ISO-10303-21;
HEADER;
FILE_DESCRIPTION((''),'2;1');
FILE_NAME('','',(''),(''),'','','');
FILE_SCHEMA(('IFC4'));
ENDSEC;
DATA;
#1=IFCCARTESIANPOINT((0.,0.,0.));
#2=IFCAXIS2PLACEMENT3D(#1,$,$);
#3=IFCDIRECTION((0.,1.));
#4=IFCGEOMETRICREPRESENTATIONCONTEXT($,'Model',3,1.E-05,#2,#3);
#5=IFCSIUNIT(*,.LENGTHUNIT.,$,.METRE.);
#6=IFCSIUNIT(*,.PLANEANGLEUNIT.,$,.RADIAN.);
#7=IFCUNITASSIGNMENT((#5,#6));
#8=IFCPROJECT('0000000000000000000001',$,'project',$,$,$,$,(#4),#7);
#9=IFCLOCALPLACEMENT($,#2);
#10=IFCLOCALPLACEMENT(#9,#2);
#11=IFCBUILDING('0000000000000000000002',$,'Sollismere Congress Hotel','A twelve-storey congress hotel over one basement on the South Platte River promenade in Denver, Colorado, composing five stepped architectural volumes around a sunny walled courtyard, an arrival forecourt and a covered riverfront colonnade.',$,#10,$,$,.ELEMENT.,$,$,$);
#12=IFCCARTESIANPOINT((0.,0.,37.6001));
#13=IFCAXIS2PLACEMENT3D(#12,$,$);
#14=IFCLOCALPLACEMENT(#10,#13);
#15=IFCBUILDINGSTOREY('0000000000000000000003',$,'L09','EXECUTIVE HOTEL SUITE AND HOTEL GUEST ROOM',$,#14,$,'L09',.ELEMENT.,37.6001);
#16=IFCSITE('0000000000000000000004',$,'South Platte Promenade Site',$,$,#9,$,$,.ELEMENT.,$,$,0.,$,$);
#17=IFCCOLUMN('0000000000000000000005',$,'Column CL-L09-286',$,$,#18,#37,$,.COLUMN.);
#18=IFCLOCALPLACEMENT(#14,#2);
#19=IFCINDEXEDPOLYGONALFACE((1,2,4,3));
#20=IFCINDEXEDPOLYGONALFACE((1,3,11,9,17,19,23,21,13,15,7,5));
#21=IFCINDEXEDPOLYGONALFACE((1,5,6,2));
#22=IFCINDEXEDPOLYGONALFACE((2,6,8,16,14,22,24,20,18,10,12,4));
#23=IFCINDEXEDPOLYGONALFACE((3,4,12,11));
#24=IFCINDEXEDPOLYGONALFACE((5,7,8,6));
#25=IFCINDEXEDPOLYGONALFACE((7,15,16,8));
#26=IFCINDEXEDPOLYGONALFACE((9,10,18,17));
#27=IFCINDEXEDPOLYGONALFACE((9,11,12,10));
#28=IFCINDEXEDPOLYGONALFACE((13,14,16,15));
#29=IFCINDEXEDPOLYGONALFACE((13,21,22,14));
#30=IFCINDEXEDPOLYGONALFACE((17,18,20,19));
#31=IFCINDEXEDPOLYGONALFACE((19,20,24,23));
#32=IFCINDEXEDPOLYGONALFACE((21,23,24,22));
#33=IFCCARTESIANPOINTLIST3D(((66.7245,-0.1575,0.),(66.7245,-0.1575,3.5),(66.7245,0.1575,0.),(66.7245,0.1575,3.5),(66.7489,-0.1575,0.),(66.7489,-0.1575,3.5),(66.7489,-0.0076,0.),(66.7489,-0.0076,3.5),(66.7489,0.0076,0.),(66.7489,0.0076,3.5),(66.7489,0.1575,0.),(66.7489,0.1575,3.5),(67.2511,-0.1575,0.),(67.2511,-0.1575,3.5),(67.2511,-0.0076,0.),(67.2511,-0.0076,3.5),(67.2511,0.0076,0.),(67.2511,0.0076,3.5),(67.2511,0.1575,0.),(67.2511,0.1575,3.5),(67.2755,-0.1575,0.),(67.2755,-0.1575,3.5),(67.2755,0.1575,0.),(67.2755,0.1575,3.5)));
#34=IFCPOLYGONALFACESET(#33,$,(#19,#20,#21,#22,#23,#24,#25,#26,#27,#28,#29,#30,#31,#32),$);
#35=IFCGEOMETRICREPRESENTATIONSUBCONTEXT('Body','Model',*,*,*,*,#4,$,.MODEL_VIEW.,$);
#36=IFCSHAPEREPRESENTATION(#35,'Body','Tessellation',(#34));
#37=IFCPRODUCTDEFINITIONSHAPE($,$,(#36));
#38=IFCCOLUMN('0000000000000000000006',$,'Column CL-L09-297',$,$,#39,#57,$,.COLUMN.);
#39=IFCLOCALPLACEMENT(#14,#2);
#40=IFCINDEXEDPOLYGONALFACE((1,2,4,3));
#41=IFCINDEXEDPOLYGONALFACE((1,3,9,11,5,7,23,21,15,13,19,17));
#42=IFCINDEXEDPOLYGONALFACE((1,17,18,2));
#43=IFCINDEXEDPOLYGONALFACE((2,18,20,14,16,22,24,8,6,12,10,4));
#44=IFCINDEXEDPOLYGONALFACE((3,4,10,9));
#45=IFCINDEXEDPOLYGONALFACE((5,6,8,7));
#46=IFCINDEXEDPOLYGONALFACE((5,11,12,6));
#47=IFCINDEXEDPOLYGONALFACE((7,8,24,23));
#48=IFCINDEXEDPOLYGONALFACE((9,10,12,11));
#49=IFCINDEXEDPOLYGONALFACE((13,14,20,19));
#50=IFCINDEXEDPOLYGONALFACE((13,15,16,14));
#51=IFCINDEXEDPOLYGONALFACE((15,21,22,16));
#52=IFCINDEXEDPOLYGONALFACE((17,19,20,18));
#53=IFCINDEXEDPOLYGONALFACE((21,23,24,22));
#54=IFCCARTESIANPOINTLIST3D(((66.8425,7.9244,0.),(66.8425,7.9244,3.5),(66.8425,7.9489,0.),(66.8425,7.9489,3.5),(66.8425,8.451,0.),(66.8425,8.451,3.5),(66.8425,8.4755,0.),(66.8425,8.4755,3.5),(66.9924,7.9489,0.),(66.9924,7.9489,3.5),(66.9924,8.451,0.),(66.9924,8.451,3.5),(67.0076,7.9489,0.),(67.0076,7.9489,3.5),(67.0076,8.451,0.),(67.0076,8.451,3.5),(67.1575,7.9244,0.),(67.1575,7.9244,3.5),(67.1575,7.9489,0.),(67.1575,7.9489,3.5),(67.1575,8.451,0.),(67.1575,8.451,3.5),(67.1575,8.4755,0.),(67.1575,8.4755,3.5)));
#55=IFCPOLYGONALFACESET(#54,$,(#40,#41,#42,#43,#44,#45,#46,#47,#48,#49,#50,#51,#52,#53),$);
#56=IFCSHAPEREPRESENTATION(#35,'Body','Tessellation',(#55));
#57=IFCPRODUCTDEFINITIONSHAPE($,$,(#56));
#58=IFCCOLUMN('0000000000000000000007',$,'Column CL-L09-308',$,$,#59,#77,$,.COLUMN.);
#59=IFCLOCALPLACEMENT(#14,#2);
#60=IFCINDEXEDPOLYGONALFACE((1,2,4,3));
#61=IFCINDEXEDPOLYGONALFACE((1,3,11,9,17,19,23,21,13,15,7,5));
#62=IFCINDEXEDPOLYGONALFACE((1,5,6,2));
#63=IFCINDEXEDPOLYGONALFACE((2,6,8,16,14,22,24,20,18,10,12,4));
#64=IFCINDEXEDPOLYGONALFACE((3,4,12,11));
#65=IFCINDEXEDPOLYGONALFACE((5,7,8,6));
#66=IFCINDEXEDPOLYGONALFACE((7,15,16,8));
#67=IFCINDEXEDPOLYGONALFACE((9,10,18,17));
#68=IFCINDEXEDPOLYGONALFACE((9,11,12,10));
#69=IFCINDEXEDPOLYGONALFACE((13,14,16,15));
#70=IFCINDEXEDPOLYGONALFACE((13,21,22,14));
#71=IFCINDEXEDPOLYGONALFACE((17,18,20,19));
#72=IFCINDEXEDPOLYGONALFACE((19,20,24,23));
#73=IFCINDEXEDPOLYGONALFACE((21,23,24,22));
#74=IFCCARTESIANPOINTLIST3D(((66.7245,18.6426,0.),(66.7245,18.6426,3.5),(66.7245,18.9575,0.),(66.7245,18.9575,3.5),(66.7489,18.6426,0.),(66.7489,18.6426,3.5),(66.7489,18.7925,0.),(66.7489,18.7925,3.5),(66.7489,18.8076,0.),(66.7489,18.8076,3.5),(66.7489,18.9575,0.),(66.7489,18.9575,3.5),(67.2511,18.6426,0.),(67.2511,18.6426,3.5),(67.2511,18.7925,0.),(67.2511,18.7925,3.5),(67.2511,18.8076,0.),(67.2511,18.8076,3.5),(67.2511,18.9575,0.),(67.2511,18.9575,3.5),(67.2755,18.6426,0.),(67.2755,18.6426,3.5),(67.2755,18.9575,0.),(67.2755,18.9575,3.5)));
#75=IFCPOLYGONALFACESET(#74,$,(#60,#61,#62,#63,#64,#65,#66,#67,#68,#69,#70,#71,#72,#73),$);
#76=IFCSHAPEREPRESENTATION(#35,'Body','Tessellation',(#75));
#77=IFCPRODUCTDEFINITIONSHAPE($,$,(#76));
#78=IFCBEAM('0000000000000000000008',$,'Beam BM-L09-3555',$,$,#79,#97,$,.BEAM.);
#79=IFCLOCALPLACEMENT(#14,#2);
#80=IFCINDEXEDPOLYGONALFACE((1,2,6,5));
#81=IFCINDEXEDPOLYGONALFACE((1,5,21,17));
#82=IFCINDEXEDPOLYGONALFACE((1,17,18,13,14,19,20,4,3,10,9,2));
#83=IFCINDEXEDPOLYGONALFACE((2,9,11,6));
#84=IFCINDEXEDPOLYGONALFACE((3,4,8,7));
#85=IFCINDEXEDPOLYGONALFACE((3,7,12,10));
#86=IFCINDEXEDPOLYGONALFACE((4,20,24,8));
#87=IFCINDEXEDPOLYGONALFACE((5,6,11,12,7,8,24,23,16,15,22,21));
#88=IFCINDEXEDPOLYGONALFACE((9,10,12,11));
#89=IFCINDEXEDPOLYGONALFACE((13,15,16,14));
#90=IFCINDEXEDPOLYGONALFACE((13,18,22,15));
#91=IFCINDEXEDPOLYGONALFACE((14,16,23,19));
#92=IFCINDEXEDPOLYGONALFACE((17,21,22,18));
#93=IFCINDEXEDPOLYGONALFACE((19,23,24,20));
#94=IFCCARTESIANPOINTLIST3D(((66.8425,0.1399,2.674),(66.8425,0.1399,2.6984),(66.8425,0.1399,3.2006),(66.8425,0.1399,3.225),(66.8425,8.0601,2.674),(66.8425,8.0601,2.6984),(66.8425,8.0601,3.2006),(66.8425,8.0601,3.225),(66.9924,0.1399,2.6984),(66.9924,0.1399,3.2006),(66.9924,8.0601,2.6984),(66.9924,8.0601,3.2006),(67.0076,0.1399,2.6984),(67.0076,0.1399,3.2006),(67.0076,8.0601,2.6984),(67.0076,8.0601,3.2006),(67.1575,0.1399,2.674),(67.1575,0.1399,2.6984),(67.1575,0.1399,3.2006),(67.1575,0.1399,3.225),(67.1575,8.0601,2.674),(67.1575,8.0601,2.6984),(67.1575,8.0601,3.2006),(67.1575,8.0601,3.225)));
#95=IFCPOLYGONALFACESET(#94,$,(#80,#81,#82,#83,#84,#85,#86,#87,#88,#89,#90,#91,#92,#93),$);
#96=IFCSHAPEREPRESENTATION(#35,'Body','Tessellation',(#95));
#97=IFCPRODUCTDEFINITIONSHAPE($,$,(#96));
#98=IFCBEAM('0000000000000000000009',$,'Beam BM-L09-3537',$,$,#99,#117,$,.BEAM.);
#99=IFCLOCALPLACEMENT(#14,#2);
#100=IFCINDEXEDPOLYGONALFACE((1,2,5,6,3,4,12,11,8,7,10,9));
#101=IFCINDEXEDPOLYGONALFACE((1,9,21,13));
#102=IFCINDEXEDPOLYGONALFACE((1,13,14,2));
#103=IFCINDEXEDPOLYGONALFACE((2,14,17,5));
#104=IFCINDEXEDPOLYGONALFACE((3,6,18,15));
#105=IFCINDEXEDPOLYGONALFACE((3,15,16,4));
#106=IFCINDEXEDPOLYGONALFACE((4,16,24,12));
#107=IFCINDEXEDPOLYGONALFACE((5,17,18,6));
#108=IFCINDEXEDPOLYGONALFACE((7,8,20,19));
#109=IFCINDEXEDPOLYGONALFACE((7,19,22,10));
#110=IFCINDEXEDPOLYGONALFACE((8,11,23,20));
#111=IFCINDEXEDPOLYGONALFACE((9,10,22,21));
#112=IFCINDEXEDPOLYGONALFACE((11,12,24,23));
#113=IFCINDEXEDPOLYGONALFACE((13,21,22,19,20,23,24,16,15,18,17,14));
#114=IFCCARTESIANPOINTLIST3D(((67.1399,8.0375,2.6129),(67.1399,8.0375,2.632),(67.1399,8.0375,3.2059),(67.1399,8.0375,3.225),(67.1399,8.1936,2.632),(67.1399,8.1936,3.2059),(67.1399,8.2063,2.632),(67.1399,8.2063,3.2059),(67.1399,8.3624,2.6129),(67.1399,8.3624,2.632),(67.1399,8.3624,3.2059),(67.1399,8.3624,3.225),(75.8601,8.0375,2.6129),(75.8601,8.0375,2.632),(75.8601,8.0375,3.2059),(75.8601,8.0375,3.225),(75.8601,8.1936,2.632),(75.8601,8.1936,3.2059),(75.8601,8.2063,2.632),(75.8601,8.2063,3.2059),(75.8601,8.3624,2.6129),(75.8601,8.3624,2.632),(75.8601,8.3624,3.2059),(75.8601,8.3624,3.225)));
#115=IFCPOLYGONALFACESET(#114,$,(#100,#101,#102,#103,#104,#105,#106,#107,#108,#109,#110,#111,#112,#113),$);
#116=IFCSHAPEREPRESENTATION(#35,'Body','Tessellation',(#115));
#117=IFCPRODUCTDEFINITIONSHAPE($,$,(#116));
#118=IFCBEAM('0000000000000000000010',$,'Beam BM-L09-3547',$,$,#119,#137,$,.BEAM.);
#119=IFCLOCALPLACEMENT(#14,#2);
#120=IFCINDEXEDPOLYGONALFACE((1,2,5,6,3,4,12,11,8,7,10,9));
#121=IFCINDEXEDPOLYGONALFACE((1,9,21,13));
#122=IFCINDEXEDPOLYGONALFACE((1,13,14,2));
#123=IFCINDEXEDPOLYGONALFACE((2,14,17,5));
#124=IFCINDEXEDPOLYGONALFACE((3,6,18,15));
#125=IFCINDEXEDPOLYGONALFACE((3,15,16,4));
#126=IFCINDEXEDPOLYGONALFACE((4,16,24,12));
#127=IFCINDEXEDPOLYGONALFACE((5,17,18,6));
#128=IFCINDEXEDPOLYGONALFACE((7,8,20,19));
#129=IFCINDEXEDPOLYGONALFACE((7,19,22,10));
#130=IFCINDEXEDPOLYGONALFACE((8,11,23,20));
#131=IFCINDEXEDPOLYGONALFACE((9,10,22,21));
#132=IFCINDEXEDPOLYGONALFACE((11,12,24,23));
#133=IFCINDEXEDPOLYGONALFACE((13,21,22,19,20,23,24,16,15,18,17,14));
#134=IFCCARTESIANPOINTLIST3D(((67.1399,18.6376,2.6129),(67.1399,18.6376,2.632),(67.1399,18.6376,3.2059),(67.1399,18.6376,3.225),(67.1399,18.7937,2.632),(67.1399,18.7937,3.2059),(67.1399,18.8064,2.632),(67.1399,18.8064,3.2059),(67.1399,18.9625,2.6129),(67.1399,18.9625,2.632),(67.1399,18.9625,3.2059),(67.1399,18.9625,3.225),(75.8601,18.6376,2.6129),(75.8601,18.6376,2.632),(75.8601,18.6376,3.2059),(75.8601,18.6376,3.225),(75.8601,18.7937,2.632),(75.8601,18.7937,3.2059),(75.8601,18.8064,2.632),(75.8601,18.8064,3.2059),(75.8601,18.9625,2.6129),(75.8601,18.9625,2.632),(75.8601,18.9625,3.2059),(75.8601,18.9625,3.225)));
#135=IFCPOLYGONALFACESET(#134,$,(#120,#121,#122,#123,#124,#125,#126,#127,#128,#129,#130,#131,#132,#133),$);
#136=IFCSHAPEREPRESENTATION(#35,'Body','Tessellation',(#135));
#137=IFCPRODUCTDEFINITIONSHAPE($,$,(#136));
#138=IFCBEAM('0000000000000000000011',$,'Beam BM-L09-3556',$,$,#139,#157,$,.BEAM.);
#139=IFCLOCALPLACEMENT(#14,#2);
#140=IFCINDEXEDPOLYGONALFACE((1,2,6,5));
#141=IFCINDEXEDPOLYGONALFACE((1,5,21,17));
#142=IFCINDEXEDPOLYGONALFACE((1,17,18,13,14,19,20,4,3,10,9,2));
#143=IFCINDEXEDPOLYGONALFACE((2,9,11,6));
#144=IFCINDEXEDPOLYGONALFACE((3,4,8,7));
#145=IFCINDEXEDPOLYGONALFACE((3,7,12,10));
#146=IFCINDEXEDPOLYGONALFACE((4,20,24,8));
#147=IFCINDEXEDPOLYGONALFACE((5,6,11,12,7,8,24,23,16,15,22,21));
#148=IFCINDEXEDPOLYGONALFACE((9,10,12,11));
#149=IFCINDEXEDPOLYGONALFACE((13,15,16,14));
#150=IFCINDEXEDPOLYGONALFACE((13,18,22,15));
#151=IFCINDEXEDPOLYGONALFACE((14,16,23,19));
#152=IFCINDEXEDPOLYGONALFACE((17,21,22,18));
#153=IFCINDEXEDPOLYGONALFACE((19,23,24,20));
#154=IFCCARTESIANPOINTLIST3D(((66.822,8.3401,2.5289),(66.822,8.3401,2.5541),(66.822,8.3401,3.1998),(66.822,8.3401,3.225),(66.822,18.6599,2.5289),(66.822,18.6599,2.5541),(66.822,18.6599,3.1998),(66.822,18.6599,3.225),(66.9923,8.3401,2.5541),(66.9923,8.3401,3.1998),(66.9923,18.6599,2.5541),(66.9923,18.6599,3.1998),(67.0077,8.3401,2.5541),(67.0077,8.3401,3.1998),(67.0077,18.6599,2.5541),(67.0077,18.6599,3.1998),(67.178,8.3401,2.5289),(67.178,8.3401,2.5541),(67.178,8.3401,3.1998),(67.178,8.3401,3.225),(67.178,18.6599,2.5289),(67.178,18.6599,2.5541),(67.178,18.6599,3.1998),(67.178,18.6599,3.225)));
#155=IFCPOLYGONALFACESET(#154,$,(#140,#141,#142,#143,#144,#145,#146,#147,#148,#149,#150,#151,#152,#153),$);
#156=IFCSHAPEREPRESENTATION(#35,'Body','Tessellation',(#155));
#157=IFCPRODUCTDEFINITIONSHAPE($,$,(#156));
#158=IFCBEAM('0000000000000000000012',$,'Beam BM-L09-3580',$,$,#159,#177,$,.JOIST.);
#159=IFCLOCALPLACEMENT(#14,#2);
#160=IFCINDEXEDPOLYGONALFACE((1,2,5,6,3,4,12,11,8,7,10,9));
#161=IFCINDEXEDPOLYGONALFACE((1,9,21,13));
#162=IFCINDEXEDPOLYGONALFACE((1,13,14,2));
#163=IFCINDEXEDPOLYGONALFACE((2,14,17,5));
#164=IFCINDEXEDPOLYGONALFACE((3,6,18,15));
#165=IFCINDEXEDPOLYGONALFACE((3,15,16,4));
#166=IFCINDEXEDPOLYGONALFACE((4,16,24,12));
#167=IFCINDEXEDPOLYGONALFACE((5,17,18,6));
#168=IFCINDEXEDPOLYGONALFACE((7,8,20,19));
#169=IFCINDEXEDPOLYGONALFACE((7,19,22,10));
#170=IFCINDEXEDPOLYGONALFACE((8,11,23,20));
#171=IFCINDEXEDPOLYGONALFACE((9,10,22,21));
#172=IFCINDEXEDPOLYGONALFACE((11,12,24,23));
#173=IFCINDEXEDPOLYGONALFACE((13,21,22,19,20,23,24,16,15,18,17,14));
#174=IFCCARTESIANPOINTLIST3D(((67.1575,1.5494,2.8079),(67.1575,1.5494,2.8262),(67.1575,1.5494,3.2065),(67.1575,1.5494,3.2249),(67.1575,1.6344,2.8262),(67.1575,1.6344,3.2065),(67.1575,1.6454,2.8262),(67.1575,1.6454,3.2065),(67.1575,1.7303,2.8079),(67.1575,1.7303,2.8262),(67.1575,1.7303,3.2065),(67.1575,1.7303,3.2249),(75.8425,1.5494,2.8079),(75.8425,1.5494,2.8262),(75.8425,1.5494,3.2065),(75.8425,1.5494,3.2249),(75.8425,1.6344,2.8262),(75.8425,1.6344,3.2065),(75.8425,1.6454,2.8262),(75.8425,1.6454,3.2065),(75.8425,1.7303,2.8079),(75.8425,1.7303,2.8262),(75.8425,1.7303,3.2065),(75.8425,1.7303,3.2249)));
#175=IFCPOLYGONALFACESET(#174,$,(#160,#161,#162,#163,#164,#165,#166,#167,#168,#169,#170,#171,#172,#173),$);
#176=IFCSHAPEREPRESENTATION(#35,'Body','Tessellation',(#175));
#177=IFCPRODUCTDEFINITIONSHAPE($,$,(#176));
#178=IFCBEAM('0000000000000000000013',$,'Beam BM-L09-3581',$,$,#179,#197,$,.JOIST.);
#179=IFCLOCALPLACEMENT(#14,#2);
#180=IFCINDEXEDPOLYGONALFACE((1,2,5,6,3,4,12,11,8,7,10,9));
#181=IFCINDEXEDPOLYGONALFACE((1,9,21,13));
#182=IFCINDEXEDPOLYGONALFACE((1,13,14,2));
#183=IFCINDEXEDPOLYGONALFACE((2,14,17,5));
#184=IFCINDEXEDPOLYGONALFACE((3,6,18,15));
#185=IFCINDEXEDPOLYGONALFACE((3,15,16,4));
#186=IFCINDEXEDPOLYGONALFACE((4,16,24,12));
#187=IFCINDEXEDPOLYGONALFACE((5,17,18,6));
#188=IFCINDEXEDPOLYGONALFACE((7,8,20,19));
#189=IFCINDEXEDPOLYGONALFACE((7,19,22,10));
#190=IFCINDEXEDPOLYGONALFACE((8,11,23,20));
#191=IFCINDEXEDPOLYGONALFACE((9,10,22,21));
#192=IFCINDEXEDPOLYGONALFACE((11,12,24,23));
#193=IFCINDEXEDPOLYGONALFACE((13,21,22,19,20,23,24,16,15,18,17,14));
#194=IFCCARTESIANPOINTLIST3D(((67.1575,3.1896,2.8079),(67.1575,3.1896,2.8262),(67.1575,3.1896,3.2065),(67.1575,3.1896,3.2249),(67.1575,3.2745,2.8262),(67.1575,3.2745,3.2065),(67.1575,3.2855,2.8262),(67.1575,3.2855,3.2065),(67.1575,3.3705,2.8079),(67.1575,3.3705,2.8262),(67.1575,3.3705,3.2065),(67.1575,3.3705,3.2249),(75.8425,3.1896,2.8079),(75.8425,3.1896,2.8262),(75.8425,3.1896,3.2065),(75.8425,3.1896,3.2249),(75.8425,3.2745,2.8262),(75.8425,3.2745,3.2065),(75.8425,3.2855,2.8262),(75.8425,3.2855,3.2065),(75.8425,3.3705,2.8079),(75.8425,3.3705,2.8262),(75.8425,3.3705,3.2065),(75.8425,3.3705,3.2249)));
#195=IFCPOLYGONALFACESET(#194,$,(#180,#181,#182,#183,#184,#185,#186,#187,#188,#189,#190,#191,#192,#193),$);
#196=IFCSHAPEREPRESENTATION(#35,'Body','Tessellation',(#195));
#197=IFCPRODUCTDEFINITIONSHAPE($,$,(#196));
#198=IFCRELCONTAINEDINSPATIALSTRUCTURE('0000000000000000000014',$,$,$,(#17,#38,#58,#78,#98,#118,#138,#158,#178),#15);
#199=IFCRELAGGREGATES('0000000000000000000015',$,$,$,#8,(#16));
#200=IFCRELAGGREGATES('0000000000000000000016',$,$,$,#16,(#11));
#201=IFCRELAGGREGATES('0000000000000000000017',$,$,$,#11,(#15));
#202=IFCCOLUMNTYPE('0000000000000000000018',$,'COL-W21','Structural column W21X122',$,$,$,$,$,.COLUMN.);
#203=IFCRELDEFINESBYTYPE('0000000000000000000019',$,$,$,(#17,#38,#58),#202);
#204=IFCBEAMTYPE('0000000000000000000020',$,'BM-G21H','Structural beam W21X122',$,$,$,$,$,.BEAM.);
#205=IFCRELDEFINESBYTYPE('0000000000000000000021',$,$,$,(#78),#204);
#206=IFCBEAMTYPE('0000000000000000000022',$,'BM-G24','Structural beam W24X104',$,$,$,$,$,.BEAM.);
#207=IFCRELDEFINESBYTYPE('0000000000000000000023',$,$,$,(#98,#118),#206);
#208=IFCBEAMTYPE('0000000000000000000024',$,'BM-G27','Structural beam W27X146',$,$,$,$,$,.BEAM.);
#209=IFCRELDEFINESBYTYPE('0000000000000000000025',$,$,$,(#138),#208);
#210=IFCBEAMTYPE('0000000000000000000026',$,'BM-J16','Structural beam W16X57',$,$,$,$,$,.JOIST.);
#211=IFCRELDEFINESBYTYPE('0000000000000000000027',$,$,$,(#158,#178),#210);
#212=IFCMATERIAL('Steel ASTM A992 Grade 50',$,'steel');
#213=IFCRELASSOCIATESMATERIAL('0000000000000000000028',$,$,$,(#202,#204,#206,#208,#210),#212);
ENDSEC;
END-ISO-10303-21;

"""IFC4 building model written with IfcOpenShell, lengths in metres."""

from ifc_helpers import new_model, si_unit, direction, frame, origin, origin_2d, place, context, subcontext, project, spatial, i_section, extrude, material, material_profile, profile_set, type_object, element, save


model = new_model("IFC4")

# Units and contexts
model_context = context("Model", 3, precision=1e-05, world=origin(), true_north=direction((0.0, 1.0)))
body_context = subcontext(model_context, "Body", "Model", "MODEL_VIEW")
ifc_project = project(units=[si_unit("LENGTHUNIT", "METRE"), si_unit("PLANEANGLEUNIT", "RADIAN")], contexts=[model_context])

# Site, building, storey
site_placement = place(None, origin())
site = spatial("IfcSite", under=ifc_project, at=site_placement, Name="South Platte Promenade Site", CompositionType="ELEMENT", RefElevation=0.0)
building_placement = place(site_placement, origin())
building = spatial("IfcBuilding", under=site, at=building_placement, Name="Sollismere Congress Hotel", Description="A twelve-storey congress hotel over one basement on the South Platte River promenade in Denver, Colorado, composing five stepped architectural volumes around a sunny walled courtyard, an arrival forecourt and a covered riverfront colonnade.", CompositionType="ELEMENT")
storey_placement = place(building_placement, frame((0.0, 0.0, 37.6001)))
storey = spatial("IfcBuildingStorey", under=building, at=storey_placement, Name="L09", Description="EXECUTIVE HOTEL SUITE AND HOTEL GUEST ROOM", LongName="L09", CompositionType="ELEMENT", Elevation=37.6001)

# Columns
ifc_material_1 = material(Name="Steel ASTM A992 Grade 50", Category="steel")
ifc_material_profile_1 = material_profile(ifc_material_1, i_section(OverallWidth=0.3149, OverallDepth=0.551, WebThickness=0.0151, FlangeThickness=0.0244, at=origin_2d()), Name="W21X122")
ifc_profile_set_1 = profile_set([ifc_material_profile_1], Name="Steel ASTM A992 Grade 50")
column_type = type_object("IfcColumnType", Name="COL-W21", Description="Structural column W21X122", PredefinedType="COLUMN", material=ifc_profile_set_1)
for number, where, z_axis, x_axis, name in (
    (1, (67.0, 0.0, 0.0), (0.0, 0.0, 1.0), (0.0, 1.0, 0.0), "Column CL-L09-286"),
    (2, (67.0, 8.2, 0.0), (0.0, 0.0, 1.0), (1.0, 0.0, 0.0), "Column CL-L09-297"),
    (3, (67.0, 18.8, 0.0), (0.0, 0.0, 1.0), (0.0, 1.0, 0.0), "Column CL-L09-308"),
):
    element("IfcColumn", number, at=place(storey_placement, frame(where, z_axis=z_axis, x_axis=x_axis)), inside=storey, type_object=column_type, Name=name, PredefinedType="COLUMN", context=body_context, shape_type="SweptSolid", body=[
        extrude(i_section(OverallWidth=0.3149, OverallDepth=0.551, WebThickness=0.0151, FlangeThickness=0.0244, at=origin_2d()), origin(), (0.0, 0.0, 1.0), 3.5),
    ])

# Beams
ifc_material_profile_2 = material_profile(ifc_material_1, i_section(OverallWidth=0.3149, OverallDepth=0.551, WebThickness=0.0151, FlangeThickness=0.0244, at=origin_2d()), Name="W21X122")
ifc_profile_set_2 = profile_set([ifc_material_profile_2], Name="Steel ASTM A992 Grade 50")
beam_type_1 = type_object("IfcBeamType", Name="BM-G21H", Description="Structural beam W21X122", PredefinedType="BEAM", material=ifc_profile_set_2)
beam_1_placement = place(storey_placement, frame((67.0, 0.1399, 2.9495), z_axis=(0.0, 1.0, 0.0), x_axis=(-1.0, 0.0, 0.0)))
element("IfcBeam", 4, at=beam_1_placement, inside=storey, type_object=beam_type_1, Name="Beam BM-L09-3555", PredefinedType="BEAM", context=body_context, shape_type="SweptSolid", body=[
    extrude(i_section(OverallWidth=0.3149, OverallDepth=0.551, WebThickness=0.0151, FlangeThickness=0.0244, at=origin_2d()), origin(), (0.0, 0.0, 1.0), 7.9202),
])
ifc_material_profile_3 = material_profile(ifc_material_1, i_section(OverallWidth=0.325, OverallDepth=0.6121, WebThickness=0.0127, FlangeThickness=0.019, at=origin_2d()), Name="W24X104")
ifc_profile_set_3 = profile_set([ifc_material_profile_3], Name="Steel ASTM A992 Grade 50")
beam_type_2 = type_object("IfcBeamType", Name="BM-G24", Description="Structural beam W24X104", PredefinedType="BEAM", material=ifc_profile_set_3)
for number, where, z_axis, x_axis, name in (
    (5, (67.1399, 8.2, 2.9189), (1.0, 0.0, 0.0), (0.0, 1.0, 0.0), "Beam BM-L09-3537"),
    (6, (67.1399, 18.8, 2.9189), (1.0, 0.0, 0.0), (0.0, 1.0, 0.0), "Beam BM-L09-3547"),
):
    element("IfcBeam", number, at=place(storey_placement, frame(where, z_axis=z_axis, x_axis=x_axis)), inside=storey, type_object=beam_type_2, Name=name, PredefinedType="BEAM", context=body_context, shape_type="SweptSolid", body=[
        extrude(i_section(OverallWidth=0.325, OverallDepth=0.6121, WebThickness=0.0127, FlangeThickness=0.019, at=origin_2d()), origin(), (0.0, 0.0, 1.0), 8.7202),
    ])
ifc_material_profile_4 = material_profile(ifc_material_1, i_section(OverallWidth=0.356, OverallDepth=0.696, WebThickness=0.0154, FlangeThickness=0.0251, at=origin_2d()), Name="W27X146")
ifc_profile_set_4 = profile_set([ifc_material_profile_4], Name="Steel ASTM A992 Grade 50")
beam_type_3 = type_object("IfcBeamType", Name="BM-G27", Description="Structural beam W27X146", PredefinedType="BEAM", material=ifc_profile_set_4)
beam_2_placement = place(storey_placement, frame((67.0, 8.3401, 2.877), z_axis=(0.0, 1.0, 0.0), x_axis=(-1.0, 0.0, 0.0)))
element("IfcBeam", 7, at=beam_2_placement, inside=storey, type_object=beam_type_3, Name="Beam BM-L09-3556", PredefinedType="BEAM", context=body_context, shape_type="SweptSolid", body=[
    extrude(i_section(OverallWidth=0.356, OverallDepth=0.696, WebThickness=0.0154, FlangeThickness=0.0251, at=origin_2d()), origin(), (0.0, 0.0, 1.0), 10.3198),
])
ifc_material_profile_5 = material_profile(ifc_material_1, i_section(OverallWidth=0.1809, OverallDepth=0.417, WebThickness=0.011, FlangeThickness=0.0183, at=origin_2d()), Name="W16X57")
ifc_profile_set_5 = profile_set([ifc_material_profile_5], Name="Steel ASTM A992 Grade 50")
beam_type_4 = type_object("IfcBeamType", Name="BM-J16", Description="Structural beam W16X57", PredefinedType="JOIST", material=ifc_profile_set_5)
for number, where, z_axis, x_axis, name in (
    (8, (67.1575, 1.6399, 3.0164), (1.0, 0.0, 0.0), (0.0, 1.0, 0.0), "Beam BM-L09-3580"),
    (9, (67.1575, 3.28, 3.0164), (1.0, 0.0, 0.0), (0.0, 1.0, 0.0), "Beam BM-L09-3581"),
):
    element("IfcBeam", number, at=place(storey_placement, frame(where, z_axis=z_axis, x_axis=x_axis)), inside=storey, type_object=beam_type_4, Name=name, PredefinedType="JOIST", context=body_context, shape_type="SweptSolid", body=[
        extrude(i_section(OverallWidth=0.1809, OverallDepth=0.417, WebThickness=0.011, FlangeThickness=0.0183, at=origin_2d()), origin(), (0.0, 0.0, 1.0), 8.6851),
    ])

save(model, "model.ifc")
